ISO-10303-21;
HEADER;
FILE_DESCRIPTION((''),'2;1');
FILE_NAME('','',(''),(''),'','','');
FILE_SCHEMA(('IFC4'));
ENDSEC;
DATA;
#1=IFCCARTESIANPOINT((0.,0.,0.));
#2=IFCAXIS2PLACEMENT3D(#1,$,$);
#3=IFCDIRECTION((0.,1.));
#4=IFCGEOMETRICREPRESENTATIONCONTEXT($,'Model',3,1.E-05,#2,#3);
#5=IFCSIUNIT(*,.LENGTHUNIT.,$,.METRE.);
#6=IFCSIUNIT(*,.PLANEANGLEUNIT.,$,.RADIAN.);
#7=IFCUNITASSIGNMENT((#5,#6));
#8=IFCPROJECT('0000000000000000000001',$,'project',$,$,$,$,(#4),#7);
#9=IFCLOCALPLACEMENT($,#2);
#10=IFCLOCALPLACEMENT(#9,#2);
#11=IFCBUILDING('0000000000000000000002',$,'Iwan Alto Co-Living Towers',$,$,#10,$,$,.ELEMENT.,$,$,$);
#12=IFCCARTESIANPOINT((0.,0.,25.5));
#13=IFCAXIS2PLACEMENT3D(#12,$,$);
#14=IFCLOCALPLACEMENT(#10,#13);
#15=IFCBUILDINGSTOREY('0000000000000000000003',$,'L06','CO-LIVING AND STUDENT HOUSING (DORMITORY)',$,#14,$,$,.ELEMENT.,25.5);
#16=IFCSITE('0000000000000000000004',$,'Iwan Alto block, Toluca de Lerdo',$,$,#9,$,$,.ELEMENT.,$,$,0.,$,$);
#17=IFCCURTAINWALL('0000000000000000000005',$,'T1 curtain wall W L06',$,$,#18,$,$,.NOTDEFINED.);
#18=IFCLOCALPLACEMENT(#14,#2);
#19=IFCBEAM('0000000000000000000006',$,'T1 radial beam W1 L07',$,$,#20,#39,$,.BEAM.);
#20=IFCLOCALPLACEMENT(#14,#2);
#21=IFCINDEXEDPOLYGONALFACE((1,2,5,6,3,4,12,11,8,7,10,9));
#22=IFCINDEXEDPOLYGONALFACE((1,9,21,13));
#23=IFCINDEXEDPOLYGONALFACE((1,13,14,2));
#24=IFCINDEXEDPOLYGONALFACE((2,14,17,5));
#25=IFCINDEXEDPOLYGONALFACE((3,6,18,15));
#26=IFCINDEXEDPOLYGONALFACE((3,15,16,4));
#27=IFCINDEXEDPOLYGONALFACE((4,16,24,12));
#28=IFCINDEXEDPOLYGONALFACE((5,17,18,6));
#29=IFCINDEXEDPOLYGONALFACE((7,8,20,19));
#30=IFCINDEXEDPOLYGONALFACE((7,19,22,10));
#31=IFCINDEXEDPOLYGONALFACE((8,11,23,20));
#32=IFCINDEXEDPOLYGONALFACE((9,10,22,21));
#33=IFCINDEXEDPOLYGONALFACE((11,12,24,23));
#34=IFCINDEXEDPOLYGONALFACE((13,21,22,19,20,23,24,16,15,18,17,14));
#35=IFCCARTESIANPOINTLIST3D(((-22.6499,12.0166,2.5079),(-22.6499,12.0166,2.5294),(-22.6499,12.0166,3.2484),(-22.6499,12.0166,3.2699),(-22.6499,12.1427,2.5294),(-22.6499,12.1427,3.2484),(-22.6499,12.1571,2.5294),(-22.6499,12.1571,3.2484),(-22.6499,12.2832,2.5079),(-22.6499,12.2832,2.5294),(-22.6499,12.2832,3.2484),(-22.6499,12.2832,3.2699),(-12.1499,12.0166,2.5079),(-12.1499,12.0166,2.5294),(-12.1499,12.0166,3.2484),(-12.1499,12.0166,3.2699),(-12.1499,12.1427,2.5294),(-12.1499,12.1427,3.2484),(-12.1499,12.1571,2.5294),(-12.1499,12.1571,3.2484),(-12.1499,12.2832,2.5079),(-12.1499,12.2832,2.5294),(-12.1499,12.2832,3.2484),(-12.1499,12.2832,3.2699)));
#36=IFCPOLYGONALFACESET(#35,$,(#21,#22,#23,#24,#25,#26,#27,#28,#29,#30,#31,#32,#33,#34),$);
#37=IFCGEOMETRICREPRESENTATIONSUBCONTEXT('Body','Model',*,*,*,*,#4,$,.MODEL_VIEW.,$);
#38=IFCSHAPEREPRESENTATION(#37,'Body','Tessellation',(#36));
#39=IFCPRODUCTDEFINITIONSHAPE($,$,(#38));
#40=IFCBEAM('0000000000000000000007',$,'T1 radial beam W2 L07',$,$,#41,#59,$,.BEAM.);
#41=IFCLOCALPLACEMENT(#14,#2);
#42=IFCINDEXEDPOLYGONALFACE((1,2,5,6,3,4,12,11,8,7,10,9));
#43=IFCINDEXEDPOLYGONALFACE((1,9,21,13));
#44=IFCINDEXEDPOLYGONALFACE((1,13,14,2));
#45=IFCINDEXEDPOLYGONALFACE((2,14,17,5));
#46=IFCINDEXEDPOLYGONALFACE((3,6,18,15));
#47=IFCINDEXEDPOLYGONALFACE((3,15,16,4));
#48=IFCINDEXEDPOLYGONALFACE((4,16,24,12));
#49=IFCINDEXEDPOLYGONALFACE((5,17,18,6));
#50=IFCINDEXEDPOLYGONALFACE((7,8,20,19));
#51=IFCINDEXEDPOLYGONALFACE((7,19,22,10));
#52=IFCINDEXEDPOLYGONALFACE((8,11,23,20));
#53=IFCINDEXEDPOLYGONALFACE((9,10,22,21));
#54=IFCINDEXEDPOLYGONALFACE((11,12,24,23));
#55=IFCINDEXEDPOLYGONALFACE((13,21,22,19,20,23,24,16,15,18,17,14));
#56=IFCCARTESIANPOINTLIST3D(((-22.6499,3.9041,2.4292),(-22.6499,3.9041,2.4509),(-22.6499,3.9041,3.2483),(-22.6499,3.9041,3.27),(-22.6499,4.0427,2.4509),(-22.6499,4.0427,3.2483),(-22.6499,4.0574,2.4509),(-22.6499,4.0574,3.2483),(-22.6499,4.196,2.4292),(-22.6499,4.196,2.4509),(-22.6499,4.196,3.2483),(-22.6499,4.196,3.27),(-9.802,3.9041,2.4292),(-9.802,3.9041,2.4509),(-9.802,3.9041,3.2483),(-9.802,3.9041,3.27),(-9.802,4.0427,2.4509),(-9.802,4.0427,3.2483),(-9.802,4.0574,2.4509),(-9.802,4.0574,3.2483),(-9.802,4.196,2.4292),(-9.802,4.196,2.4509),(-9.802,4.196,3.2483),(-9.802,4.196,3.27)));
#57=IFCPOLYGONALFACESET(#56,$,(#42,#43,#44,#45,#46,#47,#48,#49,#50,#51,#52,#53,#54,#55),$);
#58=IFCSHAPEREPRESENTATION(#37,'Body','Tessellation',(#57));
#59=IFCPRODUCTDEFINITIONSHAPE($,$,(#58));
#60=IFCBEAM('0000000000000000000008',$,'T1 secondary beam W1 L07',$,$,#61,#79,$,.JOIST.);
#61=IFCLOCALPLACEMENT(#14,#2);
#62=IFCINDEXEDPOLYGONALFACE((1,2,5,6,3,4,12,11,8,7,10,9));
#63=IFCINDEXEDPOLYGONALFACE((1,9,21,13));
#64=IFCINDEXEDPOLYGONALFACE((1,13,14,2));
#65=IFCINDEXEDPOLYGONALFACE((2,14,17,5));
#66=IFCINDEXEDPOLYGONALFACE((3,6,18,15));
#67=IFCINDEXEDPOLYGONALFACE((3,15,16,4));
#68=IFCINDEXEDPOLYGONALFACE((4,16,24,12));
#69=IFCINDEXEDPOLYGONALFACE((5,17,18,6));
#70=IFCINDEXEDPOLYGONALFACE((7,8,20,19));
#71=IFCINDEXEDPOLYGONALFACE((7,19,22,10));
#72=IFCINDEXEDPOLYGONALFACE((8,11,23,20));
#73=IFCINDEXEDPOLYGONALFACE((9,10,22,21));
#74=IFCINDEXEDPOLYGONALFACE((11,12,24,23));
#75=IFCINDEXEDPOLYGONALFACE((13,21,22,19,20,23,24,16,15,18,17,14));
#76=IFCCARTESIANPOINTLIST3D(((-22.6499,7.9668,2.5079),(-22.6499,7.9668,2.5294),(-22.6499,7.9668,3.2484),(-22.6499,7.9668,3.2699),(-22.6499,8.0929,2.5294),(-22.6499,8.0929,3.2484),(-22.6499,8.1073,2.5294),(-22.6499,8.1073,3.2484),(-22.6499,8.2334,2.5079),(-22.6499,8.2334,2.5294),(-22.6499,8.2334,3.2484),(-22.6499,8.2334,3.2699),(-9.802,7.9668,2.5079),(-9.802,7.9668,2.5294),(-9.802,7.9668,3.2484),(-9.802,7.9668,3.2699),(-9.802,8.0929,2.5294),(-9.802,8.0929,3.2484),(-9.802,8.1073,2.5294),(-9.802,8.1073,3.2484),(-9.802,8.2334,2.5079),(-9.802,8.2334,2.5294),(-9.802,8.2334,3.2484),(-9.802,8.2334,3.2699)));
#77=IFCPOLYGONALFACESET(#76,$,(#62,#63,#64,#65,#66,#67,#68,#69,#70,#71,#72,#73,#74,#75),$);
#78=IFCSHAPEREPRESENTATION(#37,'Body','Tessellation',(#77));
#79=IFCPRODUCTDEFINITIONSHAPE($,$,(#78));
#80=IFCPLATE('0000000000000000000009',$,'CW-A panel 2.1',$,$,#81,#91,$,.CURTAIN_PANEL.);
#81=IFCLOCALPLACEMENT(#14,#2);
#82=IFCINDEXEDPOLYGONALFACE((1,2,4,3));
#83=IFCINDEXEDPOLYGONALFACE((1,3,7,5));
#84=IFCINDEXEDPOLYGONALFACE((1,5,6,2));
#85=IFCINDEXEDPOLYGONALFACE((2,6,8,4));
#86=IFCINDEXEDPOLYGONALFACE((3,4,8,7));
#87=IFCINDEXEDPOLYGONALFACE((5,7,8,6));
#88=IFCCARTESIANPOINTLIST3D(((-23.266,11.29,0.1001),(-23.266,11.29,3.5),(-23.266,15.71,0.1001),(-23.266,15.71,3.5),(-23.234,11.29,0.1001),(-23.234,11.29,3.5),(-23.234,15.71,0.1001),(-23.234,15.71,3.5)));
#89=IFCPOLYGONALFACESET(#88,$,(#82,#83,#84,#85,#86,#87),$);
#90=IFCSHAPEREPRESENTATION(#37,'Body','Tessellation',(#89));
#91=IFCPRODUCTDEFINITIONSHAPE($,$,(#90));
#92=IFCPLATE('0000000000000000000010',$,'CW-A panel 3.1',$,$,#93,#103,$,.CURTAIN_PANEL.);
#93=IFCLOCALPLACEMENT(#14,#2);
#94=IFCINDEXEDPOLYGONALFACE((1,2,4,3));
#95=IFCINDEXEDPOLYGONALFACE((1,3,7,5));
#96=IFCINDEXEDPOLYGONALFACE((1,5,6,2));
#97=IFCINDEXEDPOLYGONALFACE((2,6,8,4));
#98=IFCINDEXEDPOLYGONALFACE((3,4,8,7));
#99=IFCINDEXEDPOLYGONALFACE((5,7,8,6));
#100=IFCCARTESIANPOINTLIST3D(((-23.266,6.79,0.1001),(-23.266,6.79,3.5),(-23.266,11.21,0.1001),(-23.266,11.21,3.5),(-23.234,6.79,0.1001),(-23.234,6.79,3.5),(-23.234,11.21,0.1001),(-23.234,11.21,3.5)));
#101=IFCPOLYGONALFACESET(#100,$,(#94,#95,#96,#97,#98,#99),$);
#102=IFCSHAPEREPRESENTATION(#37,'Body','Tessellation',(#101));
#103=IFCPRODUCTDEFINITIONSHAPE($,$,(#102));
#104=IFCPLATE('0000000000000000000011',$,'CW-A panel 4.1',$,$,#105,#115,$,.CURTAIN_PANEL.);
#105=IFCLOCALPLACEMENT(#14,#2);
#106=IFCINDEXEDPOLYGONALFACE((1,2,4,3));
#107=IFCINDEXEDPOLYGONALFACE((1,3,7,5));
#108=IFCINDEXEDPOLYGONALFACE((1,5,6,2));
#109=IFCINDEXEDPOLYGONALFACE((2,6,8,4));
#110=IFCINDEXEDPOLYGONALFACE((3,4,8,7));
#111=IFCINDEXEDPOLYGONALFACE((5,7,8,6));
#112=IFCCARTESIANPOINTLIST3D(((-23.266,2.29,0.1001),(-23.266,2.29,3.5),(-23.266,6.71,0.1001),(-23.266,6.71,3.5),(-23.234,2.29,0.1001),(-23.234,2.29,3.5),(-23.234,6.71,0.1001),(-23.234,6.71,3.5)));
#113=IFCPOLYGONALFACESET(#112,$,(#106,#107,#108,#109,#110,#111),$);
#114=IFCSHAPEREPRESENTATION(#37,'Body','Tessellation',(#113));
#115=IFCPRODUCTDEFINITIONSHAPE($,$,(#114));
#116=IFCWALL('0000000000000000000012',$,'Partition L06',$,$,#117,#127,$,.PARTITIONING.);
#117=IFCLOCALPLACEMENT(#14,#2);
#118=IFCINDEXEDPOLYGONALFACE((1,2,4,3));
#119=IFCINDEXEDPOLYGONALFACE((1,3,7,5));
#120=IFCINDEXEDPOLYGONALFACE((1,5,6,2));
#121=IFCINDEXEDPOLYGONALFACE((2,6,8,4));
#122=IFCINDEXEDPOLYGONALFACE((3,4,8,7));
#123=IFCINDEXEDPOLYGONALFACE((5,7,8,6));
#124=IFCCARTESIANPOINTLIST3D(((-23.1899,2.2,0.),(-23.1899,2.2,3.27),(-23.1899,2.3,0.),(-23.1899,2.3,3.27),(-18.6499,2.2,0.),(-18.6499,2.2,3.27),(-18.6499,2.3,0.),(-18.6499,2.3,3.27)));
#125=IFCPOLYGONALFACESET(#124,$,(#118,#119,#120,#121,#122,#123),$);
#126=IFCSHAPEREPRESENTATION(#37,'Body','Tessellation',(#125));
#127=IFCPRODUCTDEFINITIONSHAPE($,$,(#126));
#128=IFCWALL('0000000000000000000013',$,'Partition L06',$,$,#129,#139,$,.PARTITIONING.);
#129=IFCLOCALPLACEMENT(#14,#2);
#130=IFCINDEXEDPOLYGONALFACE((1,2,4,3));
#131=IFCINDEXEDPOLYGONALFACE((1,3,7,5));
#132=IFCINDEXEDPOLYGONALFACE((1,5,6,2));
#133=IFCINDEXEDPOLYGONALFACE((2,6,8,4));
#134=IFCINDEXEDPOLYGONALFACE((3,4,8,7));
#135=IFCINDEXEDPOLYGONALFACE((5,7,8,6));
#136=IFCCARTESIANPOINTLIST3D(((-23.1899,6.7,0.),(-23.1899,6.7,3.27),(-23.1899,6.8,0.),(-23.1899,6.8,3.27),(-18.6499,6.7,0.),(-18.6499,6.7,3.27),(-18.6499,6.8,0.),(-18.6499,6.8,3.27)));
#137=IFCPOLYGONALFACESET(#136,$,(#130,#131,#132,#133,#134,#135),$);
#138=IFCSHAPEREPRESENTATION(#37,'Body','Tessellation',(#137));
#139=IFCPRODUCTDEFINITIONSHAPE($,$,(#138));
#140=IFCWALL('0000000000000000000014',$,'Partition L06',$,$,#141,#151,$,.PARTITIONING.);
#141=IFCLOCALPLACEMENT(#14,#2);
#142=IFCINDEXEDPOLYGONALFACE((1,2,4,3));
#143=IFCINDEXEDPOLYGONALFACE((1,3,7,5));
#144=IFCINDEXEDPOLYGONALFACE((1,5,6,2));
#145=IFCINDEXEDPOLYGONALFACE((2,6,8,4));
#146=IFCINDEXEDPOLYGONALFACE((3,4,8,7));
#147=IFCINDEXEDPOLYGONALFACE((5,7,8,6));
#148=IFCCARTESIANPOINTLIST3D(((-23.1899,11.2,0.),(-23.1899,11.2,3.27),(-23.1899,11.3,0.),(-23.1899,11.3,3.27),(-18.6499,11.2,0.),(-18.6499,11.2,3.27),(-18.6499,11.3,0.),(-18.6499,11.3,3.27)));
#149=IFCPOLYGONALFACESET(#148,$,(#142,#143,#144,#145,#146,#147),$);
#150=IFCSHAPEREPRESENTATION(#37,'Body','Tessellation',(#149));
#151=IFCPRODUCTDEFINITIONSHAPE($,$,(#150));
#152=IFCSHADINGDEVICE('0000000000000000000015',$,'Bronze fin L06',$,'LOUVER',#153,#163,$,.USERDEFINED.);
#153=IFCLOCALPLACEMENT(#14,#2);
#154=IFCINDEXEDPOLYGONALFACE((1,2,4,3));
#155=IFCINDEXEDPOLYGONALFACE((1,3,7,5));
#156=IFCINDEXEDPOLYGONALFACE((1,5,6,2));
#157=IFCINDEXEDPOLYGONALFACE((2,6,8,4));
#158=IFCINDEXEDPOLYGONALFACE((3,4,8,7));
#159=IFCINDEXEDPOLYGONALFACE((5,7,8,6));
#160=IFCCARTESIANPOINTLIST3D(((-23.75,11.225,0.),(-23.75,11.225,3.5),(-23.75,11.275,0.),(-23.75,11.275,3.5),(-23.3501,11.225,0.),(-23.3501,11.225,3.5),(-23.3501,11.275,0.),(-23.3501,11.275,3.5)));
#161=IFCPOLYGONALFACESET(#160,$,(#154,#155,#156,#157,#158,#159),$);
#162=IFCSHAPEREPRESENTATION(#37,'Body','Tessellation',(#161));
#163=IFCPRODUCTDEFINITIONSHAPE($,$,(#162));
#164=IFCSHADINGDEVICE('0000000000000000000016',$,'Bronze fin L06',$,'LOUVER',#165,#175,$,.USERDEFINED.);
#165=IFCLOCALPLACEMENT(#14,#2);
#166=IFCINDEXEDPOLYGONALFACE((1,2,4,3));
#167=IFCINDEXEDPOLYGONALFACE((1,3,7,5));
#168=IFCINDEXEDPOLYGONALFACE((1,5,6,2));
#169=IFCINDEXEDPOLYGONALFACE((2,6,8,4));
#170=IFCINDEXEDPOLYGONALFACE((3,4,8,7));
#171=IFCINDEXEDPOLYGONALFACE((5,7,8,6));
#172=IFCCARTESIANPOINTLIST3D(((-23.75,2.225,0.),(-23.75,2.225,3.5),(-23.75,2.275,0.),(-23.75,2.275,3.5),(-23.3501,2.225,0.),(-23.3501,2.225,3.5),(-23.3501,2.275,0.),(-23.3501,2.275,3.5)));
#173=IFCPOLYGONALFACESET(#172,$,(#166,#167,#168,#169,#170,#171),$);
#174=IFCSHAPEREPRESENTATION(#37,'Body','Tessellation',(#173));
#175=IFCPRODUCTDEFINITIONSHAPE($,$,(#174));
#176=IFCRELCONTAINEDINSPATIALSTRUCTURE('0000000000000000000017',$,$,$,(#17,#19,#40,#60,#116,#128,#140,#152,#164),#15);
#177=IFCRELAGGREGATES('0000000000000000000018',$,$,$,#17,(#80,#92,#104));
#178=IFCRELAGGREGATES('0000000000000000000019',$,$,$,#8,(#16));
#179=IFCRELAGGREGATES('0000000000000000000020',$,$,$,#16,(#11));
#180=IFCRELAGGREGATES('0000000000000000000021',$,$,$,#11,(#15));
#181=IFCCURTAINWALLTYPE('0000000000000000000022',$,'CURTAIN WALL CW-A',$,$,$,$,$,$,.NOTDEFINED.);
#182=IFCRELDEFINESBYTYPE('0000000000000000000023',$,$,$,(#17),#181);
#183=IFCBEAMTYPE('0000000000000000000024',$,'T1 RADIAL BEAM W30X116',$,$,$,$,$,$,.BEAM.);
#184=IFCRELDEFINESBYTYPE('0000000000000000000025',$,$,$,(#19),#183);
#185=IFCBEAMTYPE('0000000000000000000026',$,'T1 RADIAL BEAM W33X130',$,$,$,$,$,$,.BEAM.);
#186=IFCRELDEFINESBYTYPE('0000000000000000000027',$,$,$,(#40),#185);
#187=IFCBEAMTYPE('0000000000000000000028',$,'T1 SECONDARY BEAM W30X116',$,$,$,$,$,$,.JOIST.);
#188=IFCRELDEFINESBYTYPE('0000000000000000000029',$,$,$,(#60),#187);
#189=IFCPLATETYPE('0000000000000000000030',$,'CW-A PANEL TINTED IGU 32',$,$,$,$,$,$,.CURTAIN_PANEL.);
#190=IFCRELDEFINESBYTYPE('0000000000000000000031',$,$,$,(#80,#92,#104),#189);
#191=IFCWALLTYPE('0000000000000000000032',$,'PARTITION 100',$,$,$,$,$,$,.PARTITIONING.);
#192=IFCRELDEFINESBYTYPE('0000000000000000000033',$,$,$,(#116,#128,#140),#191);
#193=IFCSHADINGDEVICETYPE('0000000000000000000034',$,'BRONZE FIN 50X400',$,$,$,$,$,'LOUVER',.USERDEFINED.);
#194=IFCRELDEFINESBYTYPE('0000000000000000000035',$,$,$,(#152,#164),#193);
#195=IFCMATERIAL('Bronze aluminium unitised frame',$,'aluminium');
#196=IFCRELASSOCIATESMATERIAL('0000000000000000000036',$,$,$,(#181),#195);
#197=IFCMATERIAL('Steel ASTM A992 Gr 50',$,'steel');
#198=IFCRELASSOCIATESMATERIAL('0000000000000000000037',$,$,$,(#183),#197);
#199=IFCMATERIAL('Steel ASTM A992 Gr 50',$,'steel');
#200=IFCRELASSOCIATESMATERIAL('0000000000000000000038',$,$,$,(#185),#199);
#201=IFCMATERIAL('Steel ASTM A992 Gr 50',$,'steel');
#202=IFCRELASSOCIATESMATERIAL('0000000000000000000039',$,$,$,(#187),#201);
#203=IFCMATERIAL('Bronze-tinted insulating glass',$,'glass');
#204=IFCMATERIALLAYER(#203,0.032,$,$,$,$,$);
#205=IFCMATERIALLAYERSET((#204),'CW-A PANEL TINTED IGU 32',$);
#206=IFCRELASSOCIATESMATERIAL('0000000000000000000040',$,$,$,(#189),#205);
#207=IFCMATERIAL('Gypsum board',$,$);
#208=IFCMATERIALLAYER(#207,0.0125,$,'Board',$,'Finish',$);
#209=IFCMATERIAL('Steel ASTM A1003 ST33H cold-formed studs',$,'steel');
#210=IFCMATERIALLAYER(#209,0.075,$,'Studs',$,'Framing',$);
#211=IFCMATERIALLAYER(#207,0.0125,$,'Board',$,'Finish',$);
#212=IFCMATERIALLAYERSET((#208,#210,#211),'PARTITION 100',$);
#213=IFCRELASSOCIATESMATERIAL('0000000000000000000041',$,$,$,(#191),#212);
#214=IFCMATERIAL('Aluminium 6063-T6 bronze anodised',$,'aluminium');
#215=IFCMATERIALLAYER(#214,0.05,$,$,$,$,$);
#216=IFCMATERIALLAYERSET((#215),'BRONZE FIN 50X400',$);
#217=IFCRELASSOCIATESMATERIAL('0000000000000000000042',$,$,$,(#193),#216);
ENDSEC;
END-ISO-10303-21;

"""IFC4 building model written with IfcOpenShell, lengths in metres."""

from ifc_helpers import new_model, si_unit, direction, frame, frame_2d, origin, origin_2d, place, context, subcontext, project, spatial, rectangle, i_section, extrude, material, layer, layer_set, material_profile, profile_set, type_object, element, aggregate, save


model = new_model("IFC4")

# Units and contexts
model_context = context("Model", 3, precision=1e-05, world=origin(), true_north=direction((0.0, 1.0)))
body_context = subcontext(model_context, "Body", "Model", "MODEL_VIEW")
ifc_project = project(units=[si_unit("LENGTHUNIT", "METRE"), si_unit("PLANEANGLEUNIT", "RADIAN")], contexts=[model_context])

# Site, building, storey
site_placement = place(None, origin())
site = spatial("IfcSite", under=ifc_project, at=site_placement, Name="Iwan Alto block, Toluca de Lerdo", CompositionType="ELEMENT", RefElevation=0.0)
building_placement = place(site_placement, origin())
building = spatial("IfcBuilding", under=site, at=building_placement, Name="Iwan Alto Co-Living Towers", CompositionType="ELEMENT")
storey_placement = place(building_placement, frame((0.0, 0.0, 25.5)))
storey = spatial("IfcBuildingStorey", under=building, at=storey_placement, Name="L06", Description="CO-LIVING AND STUDENT HOUSING (DORMITORY)", CompositionType="ELEMENT", Elevation=25.5)

# Curtain wall
ifc_material_1 = material(Name="Bronze aluminium unitised frame", Category="aluminium")
curtain_wall_type = type_object("IfcCurtainWallType", Name="CURTAIN WALL CW-A", PredefinedType="NOTDEFINED", material=ifc_material_1)
curtain_wall_placement = place(storey_placement, origin())
curtain_wall = element("IfcCurtainWall", 1, at=curtain_wall_placement, inside=storey, type_object=curtain_wall_type, Name="T1 curtain wall W L06", PredefinedType="NOTDEFINED")

# Beams
ifc_material_2 = material(Name="Steel ASTM A992 Gr 50", Category="steel")
ifc_material_profile_1 = material_profile(ifc_material_2, i_section(OverallWidth=0.2666, OverallDepth=0.762, WebThickness=0.0144, FlangeThickness=0.0215, at=origin_2d()), Name="W30X116")
ifc_profile_set_1 = profile_set([ifc_material_profile_1], Name="Steel ASTM A992 Gr 50")
beam_type_1 = type_object("IfcBeamType", Name="T1 RADIAL BEAM W30X116", PredefinedType="BEAM", material=ifc_profile_set_1)
beam_1_placement = place(storey_placement, frame((-22.6499, 12.1499, 2.8889), z_axis=(1.0, 0.0, 0.0), x_axis=(0.0, 1.0, 0.0)))
element("IfcBeam", 2, at=beam_1_placement, inside=storey, type_object=beam_type_1, Name="T1 radial beam W1 L07", PredefinedType="BEAM", context=body_context, shape_type="SweptSolid", body=[
    extrude(i_section(OverallWidth=0.2666, OverallDepth=0.762, WebThickness=0.0144, FlangeThickness=0.0215, at=origin_2d()), origin(), (0.0, 0.0, 1.0), 10.5),
])
ifc_material_3 = material(Name="Steel ASTM A992 Gr 50", Category="steel")
ifc_material_profile_2 = material_profile(ifc_material_3, i_section(OverallWidth=0.292, OverallDepth=0.8408, WebThickness=0.0146, FlangeThickness=0.0217, at=origin_2d()), Name="W33X130")
ifc_profile_set_2 = profile_set([ifc_material_profile_2], Name="Steel ASTM A992 Gr 50")
beam_type_2 = type_object("IfcBeamType", Name="T1 RADIAL BEAM W33X130", PredefinedType="BEAM", material=ifc_profile_set_2)
beam_2_placement = place(storey_placement, frame((-22.6499, 4.05, 2.8496), z_axis=(1.0, 0.0, 0.0), x_axis=(0.0, 1.0, 0.0)))
element("IfcBeam", 3, at=beam_2_placement, inside=storey, type_object=beam_type_2, Name="T1 radial beam W2 L07", PredefinedType="BEAM", context=body_context, shape_type="SweptSolid", body=[
    extrude(i_section(OverallWidth=0.292, OverallDepth=0.8408, WebThickness=0.0146, FlangeThickness=0.0217, at=origin_2d()), origin(), (0.0, 0.0, 1.0), 12.8479),
])
ifc_material_4 = material(Name="Steel ASTM A992 Gr 50", Category="steel")
ifc_material_profile_3 = material_profile(ifc_material_4, i_section(OverallWidth=0.2666, OverallDepth=0.762, WebThickness=0.0144, FlangeThickness=0.0215, at=origin_2d()), Name="W30X116")
ifc_profile_set_3 = profile_set([ifc_material_profile_3], Name="Steel ASTM A992 Gr 50")
beam_type_3 = type_object("IfcBeamType", Name="T1 SECONDARY BEAM W30X116", PredefinedType="JOIST", material=ifc_profile_set_3)
beam_3_placement = place(storey_placement, frame((-22.6499, 8.1001, 2.8889), z_axis=(1.0, 0.0, 0.0), x_axis=(0.0, 1.0, 0.0)))
element("IfcBeam", 4, at=beam_3_placement, inside=storey, type_object=beam_type_3, Name="T1 secondary beam W1 L07", PredefinedType="JOIST", context=body_context, shape_type="SweptSolid", body=[
    extrude(i_section(OverallWidth=0.2666, OverallDepth=0.762, WebThickness=0.0144, FlangeThickness=0.0215, at=origin_2d()), origin(), (0.0, 0.0, 1.0), 12.8479),
])

# Plates
ifc_material_5 = material(Name="Bronze-tinted insulating glass", Category="glass")
ifc_layer_1 = layer(ifc_material_5, 0.032)
ifc_layer_set_1 = layer_set([ifc_layer_1], Name="CW-A PANEL TINTED IGU 32")
plate_type = type_object("IfcPlateType", Name="CW-A PANEL TINTED IGU 32", PredefinedType="CURTAIN_PANEL", material=ifc_layer_set_1)
plate_1_placement = place(storey_placement, frame((-23.25, 13.5, 0.1001), z_axis=(0.0, 0.0, 1.0), x_axis=(0.0, -1.0, 0.0)))
plate_1 = element("IfcPlate", 5, at=plate_1_placement, type_object=plate_type, Name="CW-A panel 2.1", PredefinedType="CURTAIN_PANEL", context=body_context, shape_type="SweptSolid", body=[
    extrude(rectangle(XDim=4.4199, YDim=0.032, at=origin_2d()), origin(), (0.0, 0.0, 1.0), 3.3999),
])
plate_2_placement = place(storey_placement, frame((-23.25, 9.0, 0.1001), z_axis=(0.0, 0.0, 1.0), x_axis=(0.0, -1.0, 0.0)))
plate_2 = element("IfcPlate", 6, at=plate_2_placement, type_object=plate_type, Name="CW-A panel 3.1", PredefinedType="CURTAIN_PANEL", context=body_context, shape_type="SweptSolid", body=[
    extrude(rectangle(XDim=4.4199, YDim=0.032, at=origin_2d()), origin(), (0.0, 0.0, 1.0), 3.3999),
])
plate_3_placement = place(storey_placement, frame((-23.25, 4.5, 0.1001), z_axis=(0.0, 0.0, 1.0), x_axis=(0.0, -1.0, 0.0)))
plate_3 = element("IfcPlate", 7, at=plate_3_placement, type_object=plate_type, Name="CW-A panel 4.1", PredefinedType="CURTAIN_PANEL", context=body_context, shape_type="SweptSolid", body=[
    extrude(rectangle(XDim=4.4199, YDim=0.032, at=origin_2d()), origin(), (0.0, 0.0, 1.0), 3.3999),
])
aggregate(curtain_wall, [plate_1, plate_2, plate_3])

# Walls
ifc_material_6 = material(Name="Gypsum board")
ifc_layer_2 = layer(ifc_material_6, 0.0125, Name="Board", Category="Finish")
ifc_material_7 = material(Name="Steel ASTM A1003 ST33H cold-formed studs", Category="steel")
ifc_layer_3 = layer(ifc_material_7, 0.075, Name="Studs", Category="Framing")
ifc_layer_4 = layer(ifc_material_6, 0.0125, Name="Board", Category="Finish")
ifc_layer_set_2 = layer_set([ifc_layer_2, ifc_layer_3, ifc_layer_4], Name="PARTITION 100")
wall_type = type_object("IfcWallType", Name="PARTITION 100", PredefinedType="PARTITIONING", material=ifc_layer_set_2)
for number, where, z_axis, x_axis, name in (
    (8, (-23.1899, 2.25, 0.0), (0.0, 0.0, 1.0), (1.0, 0.0, 0.0), "Partition L06"),
    (9, (-23.1899, 6.75, 0.0), (0.0, 0.0, 1.0), (1.0, 0.0, 0.0), "Partition L06"),
    (10, (-23.1899, 11.25, 0.0), (0.0, 0.0, 1.0), (1.0, 0.0, 0.0), "Partition L06"),
):
    element("IfcWall", number, at=place(storey_placement, frame(where, z_axis=z_axis, x_axis=x_axis)), inside=storey, type_object=wall_type, Name=name, PredefinedType="PARTITIONING", context=body_context, shape_type="SweptSolid", body=[
        extrude(rectangle(XDim=4.54, YDim=0.1001, at=frame_2d((2.27, 0.0))), origin(), (0.0, 0.0, 1.0), 3.27),
    ])

# Shading devices
ifc_material_8 = material(Name="Aluminium 6063-T6 bronze anodised", Category="aluminium")
ifc_layer_5 = layer(ifc_material_8, 0.05)
ifc_layer_set_3 = layer_set([ifc_layer_5], Name="BRONZE FIN 50X400")
shading_device_type = type_object("IfcShadingDeviceType", Name="BRONZE FIN 50X400", ElementType="LOUVER", PredefinedType="USERDEFINED", material=ifc_layer_set_3)
for number, where, z_axis, x_axis, name in (
    (11, (-23.55, 11.25, 0.0), (0.0, 0.0, 1.0), (0.0, -1.0, 0.0), "Bronze fin L06"),
    (12, (-23.55, 2.25, 0.0), (0.0, 0.0, 1.0), (0.0, -1.0, 0.0), "Bronze fin L06"),
):
    element("IfcShadingDevice", number, at=place(storey_placement, frame(where, z_axis=z_axis, x_axis=x_axis)), inside=storey, type_object=shading_device_type, Name=name, ObjectType="LOUVER", PredefinedType="USERDEFINED", context=body_context, shape_type="SweptSolid", body=[
        extrude(rectangle(XDim=0.05, YDim=0.3999, at=origin_2d()), origin(), (0.0, 0.0, 1.0), 3.5),
    ])

save(model, "model.ifc")
